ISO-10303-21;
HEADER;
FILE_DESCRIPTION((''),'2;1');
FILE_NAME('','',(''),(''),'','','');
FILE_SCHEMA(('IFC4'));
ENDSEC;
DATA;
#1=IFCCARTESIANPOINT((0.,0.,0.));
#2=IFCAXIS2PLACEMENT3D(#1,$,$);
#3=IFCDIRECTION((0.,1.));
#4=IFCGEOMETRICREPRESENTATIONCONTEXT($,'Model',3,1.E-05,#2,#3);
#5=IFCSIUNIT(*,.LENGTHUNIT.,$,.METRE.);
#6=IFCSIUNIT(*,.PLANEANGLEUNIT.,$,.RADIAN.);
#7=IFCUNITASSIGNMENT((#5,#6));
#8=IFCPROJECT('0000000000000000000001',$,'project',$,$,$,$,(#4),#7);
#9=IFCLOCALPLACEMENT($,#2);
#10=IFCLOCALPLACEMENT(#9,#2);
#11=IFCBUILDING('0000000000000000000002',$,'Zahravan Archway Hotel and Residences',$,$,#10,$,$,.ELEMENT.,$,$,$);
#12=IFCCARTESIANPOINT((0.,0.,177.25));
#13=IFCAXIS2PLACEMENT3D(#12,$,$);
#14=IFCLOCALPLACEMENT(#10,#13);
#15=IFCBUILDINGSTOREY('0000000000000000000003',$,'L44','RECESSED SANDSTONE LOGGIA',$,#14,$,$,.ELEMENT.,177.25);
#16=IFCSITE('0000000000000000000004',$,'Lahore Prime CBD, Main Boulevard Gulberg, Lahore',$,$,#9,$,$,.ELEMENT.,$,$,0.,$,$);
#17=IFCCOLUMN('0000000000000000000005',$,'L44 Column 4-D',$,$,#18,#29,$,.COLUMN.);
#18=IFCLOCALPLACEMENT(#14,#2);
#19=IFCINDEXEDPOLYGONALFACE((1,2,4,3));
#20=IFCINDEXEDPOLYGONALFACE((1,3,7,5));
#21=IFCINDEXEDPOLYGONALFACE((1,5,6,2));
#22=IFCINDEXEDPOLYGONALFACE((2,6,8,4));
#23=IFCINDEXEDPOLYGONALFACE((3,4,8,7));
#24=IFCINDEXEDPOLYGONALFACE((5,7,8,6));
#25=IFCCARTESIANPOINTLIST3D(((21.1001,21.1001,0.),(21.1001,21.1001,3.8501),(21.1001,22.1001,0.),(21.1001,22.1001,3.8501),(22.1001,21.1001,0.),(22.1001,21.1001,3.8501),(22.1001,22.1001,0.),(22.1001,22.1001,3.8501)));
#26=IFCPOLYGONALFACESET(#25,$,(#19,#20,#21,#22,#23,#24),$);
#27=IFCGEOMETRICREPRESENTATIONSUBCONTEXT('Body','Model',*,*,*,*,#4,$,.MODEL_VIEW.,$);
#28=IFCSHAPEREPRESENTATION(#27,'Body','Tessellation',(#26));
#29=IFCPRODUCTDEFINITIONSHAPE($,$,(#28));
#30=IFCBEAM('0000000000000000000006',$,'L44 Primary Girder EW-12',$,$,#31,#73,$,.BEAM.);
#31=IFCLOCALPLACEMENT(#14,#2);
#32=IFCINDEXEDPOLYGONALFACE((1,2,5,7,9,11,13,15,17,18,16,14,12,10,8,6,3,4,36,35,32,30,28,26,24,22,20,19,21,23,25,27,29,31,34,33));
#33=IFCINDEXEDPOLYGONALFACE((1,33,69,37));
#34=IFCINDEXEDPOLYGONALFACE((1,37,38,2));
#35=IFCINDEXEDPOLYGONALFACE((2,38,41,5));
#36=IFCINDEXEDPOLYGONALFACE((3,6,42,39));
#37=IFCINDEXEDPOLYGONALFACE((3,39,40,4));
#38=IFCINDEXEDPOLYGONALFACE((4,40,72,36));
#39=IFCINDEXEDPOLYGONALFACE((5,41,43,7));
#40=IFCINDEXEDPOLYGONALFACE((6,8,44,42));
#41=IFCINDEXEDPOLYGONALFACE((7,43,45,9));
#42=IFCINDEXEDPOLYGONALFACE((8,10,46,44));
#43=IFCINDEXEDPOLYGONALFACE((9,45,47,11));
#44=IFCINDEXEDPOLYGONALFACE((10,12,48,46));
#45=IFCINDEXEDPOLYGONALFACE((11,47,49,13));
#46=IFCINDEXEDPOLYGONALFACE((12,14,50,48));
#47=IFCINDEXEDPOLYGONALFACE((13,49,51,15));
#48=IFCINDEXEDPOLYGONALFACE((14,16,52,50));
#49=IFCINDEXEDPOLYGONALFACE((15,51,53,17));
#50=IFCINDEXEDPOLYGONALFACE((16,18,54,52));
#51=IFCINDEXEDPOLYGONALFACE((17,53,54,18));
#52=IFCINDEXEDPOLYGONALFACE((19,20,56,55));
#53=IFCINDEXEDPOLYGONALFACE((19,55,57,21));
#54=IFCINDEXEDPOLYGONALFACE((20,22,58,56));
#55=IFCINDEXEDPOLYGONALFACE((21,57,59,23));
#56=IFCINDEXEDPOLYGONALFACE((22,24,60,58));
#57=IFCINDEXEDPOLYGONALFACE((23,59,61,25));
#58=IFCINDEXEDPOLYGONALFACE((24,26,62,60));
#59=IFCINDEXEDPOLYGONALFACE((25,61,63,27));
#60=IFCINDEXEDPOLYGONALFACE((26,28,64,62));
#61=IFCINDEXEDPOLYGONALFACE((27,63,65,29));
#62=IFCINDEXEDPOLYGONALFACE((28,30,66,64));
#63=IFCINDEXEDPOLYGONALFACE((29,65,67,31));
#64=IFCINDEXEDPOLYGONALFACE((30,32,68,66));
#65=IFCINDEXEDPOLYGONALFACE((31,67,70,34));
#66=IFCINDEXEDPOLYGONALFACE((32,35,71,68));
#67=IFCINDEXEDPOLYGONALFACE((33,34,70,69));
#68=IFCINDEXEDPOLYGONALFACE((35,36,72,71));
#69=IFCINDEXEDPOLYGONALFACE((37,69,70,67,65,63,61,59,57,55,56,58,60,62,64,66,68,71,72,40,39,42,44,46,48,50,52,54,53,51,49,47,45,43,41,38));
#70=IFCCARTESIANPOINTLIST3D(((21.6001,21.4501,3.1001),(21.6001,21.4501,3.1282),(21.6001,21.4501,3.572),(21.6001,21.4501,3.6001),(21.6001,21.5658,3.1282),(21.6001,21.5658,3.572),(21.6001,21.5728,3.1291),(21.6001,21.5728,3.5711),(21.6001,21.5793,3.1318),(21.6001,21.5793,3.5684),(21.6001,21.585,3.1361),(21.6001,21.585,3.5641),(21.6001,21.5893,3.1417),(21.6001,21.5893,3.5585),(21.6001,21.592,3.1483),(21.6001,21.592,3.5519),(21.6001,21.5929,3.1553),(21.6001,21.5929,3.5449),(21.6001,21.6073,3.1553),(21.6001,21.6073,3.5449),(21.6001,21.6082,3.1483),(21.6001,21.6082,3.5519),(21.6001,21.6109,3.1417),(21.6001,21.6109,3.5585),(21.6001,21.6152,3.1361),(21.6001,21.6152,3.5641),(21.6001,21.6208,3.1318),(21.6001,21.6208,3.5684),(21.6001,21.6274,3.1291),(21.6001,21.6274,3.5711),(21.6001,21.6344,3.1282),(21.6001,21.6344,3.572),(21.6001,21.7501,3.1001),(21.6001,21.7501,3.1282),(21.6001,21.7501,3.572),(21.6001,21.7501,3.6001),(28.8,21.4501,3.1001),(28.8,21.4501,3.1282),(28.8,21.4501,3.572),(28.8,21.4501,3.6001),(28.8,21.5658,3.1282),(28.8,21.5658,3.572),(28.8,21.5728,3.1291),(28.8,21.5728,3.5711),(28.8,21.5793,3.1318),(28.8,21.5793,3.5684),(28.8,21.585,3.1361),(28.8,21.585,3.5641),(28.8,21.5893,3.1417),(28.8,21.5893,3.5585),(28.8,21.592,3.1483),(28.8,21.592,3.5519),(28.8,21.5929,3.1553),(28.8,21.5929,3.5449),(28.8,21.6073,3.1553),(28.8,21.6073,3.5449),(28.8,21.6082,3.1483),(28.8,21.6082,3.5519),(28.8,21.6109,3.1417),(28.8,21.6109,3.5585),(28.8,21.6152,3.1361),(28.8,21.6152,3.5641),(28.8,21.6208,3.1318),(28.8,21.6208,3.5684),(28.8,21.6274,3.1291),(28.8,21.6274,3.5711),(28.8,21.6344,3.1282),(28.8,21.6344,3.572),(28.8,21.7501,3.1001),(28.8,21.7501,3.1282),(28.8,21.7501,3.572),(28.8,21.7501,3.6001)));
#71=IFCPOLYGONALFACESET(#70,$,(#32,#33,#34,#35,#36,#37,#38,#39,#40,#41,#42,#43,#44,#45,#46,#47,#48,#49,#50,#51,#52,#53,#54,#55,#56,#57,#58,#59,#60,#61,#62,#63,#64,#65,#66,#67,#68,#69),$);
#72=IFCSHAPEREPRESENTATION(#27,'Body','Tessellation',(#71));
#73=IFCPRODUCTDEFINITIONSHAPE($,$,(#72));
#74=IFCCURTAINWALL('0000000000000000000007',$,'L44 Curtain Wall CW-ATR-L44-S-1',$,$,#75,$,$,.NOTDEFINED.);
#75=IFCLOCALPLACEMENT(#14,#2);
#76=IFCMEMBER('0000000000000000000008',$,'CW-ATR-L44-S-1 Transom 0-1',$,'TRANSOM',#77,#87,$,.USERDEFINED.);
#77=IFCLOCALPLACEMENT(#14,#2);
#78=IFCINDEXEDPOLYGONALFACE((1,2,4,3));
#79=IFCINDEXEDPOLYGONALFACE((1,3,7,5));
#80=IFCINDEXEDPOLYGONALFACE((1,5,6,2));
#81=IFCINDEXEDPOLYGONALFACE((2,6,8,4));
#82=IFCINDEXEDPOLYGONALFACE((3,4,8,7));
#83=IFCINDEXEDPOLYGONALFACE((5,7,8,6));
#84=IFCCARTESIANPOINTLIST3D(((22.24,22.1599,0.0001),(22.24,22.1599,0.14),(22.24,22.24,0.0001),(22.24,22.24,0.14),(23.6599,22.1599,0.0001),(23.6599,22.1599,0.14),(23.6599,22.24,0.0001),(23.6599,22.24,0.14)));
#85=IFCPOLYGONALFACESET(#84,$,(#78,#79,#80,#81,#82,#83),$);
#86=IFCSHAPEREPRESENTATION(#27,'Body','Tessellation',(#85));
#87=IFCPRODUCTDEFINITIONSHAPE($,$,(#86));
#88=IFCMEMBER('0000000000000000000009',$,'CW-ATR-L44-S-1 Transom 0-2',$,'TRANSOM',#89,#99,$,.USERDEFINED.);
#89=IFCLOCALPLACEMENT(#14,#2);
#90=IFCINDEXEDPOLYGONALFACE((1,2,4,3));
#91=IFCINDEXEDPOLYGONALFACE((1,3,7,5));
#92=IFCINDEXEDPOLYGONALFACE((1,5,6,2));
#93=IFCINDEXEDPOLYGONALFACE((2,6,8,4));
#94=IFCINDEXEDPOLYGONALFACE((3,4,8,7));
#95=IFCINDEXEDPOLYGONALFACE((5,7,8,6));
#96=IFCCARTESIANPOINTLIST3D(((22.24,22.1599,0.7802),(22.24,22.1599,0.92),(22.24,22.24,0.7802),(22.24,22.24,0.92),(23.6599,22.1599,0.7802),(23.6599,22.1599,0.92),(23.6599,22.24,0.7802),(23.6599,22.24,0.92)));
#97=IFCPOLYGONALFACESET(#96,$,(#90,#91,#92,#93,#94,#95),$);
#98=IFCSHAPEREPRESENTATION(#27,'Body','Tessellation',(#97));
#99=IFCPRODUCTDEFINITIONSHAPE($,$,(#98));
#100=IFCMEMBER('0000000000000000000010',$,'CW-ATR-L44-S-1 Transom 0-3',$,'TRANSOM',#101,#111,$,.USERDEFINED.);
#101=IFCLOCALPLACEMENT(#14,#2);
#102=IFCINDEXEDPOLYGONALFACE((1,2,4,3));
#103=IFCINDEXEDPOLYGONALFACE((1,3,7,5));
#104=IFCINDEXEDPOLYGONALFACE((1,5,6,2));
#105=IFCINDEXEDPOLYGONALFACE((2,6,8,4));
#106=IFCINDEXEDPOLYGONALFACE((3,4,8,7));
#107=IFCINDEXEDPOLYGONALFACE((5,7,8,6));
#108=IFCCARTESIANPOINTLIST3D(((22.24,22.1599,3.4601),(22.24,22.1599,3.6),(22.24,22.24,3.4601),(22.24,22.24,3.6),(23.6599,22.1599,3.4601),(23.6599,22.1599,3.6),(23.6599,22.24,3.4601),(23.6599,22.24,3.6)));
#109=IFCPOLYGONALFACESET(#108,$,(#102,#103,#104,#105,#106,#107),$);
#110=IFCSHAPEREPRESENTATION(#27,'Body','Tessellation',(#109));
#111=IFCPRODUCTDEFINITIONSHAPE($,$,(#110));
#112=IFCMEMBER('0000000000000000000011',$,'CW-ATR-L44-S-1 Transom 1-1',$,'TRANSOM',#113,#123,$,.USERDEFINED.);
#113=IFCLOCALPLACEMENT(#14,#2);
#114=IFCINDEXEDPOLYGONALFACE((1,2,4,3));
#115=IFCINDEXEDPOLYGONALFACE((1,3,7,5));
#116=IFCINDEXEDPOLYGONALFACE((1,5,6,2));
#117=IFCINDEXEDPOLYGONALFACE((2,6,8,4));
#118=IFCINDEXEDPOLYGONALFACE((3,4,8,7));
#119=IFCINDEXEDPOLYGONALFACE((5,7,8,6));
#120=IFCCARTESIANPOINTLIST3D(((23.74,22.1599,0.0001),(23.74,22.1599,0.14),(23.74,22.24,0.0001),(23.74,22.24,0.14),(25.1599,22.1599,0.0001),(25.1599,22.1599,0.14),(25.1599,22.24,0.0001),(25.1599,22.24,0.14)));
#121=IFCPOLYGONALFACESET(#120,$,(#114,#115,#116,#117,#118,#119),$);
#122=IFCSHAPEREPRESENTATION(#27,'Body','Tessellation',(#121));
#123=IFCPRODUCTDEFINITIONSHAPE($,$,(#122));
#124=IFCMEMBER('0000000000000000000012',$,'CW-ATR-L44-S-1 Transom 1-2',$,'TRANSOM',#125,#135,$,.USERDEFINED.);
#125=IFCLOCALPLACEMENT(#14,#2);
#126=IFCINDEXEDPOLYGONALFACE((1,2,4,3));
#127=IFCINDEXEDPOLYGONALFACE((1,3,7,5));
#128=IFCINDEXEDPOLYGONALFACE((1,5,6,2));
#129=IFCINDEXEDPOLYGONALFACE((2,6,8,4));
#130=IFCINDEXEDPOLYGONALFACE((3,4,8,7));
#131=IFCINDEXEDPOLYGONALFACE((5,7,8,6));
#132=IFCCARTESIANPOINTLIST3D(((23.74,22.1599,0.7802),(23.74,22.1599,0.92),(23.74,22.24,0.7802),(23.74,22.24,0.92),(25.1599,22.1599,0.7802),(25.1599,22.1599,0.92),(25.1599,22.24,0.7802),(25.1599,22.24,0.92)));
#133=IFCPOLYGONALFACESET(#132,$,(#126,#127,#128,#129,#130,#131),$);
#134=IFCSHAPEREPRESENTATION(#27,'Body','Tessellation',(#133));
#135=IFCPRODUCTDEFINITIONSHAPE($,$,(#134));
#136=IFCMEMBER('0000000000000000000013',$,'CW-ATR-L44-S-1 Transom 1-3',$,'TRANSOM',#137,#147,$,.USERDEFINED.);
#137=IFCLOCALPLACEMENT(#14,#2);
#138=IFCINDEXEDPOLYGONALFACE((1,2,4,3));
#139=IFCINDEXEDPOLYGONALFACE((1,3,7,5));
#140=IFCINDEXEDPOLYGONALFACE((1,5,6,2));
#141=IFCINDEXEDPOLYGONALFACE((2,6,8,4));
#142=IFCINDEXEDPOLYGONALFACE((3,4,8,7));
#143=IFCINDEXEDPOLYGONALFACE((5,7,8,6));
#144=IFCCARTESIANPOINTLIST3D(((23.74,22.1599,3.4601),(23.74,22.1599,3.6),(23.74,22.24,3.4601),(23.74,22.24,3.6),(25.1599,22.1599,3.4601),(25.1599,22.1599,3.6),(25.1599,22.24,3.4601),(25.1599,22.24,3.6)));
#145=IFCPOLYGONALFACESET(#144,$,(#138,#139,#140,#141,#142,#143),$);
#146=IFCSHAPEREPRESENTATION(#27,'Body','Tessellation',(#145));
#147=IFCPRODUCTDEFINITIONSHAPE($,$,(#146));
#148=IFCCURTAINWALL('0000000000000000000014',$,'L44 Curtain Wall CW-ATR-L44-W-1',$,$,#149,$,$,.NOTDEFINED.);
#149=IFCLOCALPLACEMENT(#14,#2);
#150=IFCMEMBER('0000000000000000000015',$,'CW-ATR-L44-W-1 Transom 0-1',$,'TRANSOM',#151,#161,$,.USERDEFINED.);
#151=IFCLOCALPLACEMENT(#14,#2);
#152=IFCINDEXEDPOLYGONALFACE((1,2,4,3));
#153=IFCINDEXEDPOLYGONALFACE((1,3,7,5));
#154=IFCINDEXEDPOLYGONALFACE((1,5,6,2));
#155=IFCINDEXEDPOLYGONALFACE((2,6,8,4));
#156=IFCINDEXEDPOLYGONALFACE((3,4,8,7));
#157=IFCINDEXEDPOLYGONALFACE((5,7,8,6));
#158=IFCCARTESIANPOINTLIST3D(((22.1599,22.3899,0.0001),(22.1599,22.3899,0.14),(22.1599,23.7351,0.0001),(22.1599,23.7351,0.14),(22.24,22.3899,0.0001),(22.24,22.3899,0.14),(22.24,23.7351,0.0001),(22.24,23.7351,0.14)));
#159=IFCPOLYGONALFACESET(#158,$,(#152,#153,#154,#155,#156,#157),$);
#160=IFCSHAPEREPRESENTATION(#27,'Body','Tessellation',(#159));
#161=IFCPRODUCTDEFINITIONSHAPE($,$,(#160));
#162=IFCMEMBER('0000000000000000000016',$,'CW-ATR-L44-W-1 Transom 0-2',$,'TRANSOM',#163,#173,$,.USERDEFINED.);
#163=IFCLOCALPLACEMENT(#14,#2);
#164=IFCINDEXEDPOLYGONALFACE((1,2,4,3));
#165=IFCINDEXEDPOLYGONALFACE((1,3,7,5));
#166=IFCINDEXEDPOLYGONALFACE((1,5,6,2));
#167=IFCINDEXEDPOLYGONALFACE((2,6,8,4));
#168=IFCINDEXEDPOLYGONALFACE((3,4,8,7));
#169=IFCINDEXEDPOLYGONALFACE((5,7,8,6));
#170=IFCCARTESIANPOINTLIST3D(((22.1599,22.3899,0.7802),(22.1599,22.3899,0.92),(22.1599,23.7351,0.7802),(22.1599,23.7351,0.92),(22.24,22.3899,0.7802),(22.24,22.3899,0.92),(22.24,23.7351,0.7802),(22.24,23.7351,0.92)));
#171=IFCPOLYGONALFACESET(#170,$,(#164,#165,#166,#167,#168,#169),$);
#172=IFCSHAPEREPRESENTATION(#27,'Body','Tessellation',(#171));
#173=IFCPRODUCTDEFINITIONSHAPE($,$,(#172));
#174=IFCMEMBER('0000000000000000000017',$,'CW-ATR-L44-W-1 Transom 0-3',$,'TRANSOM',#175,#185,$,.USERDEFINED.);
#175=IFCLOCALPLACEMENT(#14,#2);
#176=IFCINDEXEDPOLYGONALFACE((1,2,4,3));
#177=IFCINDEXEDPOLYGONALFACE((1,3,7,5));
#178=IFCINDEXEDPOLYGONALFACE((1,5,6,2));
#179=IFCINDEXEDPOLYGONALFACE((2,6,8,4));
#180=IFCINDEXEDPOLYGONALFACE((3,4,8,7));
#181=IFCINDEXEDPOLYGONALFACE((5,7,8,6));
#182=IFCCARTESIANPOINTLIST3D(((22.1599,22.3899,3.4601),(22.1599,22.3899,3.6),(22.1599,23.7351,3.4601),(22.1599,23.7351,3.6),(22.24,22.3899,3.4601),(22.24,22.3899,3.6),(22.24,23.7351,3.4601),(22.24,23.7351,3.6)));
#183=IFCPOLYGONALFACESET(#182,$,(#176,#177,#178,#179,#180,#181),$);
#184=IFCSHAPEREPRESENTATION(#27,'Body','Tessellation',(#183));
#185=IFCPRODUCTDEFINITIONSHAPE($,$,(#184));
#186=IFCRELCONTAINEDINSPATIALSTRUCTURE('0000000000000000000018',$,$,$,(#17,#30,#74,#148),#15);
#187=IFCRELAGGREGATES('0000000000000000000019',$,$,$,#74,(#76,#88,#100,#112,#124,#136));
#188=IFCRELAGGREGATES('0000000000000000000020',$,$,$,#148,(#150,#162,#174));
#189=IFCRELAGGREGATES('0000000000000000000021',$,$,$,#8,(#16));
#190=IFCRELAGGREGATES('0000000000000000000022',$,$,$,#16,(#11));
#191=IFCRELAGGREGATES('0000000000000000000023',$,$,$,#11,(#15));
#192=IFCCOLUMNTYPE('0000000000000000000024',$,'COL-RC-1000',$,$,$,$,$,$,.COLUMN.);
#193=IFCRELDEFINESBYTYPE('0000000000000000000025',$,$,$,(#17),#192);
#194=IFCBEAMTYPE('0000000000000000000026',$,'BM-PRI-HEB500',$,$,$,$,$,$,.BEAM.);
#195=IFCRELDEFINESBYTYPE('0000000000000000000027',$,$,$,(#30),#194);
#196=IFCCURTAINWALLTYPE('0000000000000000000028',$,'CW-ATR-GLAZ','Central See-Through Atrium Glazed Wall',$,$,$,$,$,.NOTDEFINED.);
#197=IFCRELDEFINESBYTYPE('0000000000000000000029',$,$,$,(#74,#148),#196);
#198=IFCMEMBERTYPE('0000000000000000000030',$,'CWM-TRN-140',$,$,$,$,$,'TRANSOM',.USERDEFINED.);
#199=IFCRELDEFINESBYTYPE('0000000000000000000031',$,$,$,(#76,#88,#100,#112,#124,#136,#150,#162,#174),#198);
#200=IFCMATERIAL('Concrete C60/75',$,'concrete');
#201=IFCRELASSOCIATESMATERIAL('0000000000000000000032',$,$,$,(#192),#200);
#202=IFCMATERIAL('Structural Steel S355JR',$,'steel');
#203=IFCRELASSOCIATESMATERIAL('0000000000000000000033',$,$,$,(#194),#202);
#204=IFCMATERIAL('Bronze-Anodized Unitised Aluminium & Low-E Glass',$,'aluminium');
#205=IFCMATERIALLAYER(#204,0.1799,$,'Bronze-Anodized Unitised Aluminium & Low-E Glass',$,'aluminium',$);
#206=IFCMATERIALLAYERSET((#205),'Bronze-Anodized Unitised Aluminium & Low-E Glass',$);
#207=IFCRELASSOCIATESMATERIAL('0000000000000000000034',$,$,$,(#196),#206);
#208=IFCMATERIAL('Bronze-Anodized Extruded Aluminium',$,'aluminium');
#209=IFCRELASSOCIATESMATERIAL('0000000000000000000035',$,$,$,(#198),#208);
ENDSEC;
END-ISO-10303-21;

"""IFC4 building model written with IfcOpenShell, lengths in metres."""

from ifc_helpers import new_model, si_unit, direction, frame, origin, origin_2d, place, context, subcontext, project, spatial, rectangle, i_section, extrude, source, transform, mapped, material, layer, layer_set, material_profile, profile_set, type_object, element, aggregate, save


model = new_model("IFC4")

# Units and contexts
model_context = context("Model", 3, precision=1e-05, world=origin(), true_north=direction((0.0, 1.0)))
body_context = subcontext(model_context, "Body", "Model", "MODEL_VIEW")
ifc_project = project(units=[si_unit("LENGTHUNIT", "METRE"), si_unit("PLANEANGLEUNIT", "RADIAN")], contexts=[model_context])

# Site, building, storey
site_placement = place(None, origin())
site = spatial("IfcSite", under=ifc_project, at=site_placement, Name="Lahore Prime CBD, Main Boulevard Gulberg, Lahore", CompositionType="ELEMENT", RefElevation=0.0)
building_placement = place(site_placement, origin())
building = spatial("IfcBuilding", under=site, at=building_placement, Name="Zahravan Archway Hotel and Residences", CompositionType="ELEMENT")
storey_placement = place(building_placement, frame((0.0, 0.0, 177.25)))
storey = spatial("IfcBuildingStorey", under=building, at=storey_placement, Name="L44", Description="RECESSED SANDSTONE LOGGIA", CompositionType="ELEMENT", Elevation=177.25)

# Column
ifc_material_1 = material(Name="Concrete C60/75", Category="concrete")
ifc_material_profile_1 = material_profile(ifc_material_1, rectangle(XDim=1.0, YDim=1.0, at=origin_2d()), Name="RC-COL-1000x1000", Category="concrete")
ifc_profile_set_1 = profile_set([ifc_material_profile_1], Name="Concrete C60/75")
column_type = type_object("IfcColumnType", Name="COL-RC-1000", PredefinedType="COLUMN", material=ifc_profile_set_1)
shared_shape_1 = source(origin(), body_context, "Body", "SweptSolid", [
    extrude(rectangle(XDim=1.0, YDim=1.0, at=origin_2d()), origin(), (0.0, 0.0, 1.0), 3.8501),
])
column_placement = place(storey_placement, frame((21.6001, 21.6001, 0.0), z_axis=(0.0, 0.0, 1.0), x_axis=(1.0, 0.0, 0.0)))
element("IfcColumn", 1, at=column_placement, inside=storey, type_object=column_type, Name="L44 Column 4-D", PredefinedType="COLUMN", context=body_context, shape_type="MappedRepresentation", body=[
    mapped(shared_shape_1, transform((0.0, 0.0, 0.0), scale=1.0)),
])

# Beam
ifc_material_2 = material(Name="Structural Steel S355JR", Category="steel")
ifc_material_profile_2 = material_profile(ifc_material_2, i_section(OverallWidth=0.3, OverallDepth=0.5, WebThickness=0.0144, FlangeThickness=0.0281, FilletRadius=0.0271, at=origin_2d()), Name="HEB 500", Category="steel")
ifc_profile_set_2 = profile_set([ifc_material_profile_2], Name="Structural Steel S355JR")
beam_type = type_object("IfcBeamType", Name="BM-PRI-HEB500", PredefinedType="BEAM", material=ifc_profile_set_2)
shared_shape_2 = source(origin(), body_context, "Body", "SweptSolid", [
    extrude(i_section(OverallWidth=0.3, OverallDepth=0.5, WebThickness=0.0144, FlangeThickness=0.0281, FilletRadius=0.0271, at=origin_2d()), origin(), (0.0, 0.0, 1.0), 7.2),
])
beam_placement = place(storey_placement, frame((21.6001, 21.6001, 3.3501), z_axis=(1.0, 0.0, 0.0), x_axis=(0.0, 1.0, 0.0)))
element("IfcBeam", 2, at=beam_placement, inside=storey, type_object=beam_type, Name="L44 Primary Girder EW-12", PredefinedType="BEAM", context=body_context, shape_type="MappedRepresentation", body=[
    mapped(shared_shape_2, transform((0.0, 0.0, 0.0), scale=1.0)),
])

# Curtain walls, members
ifc_material_3 = material(Name="Bronze-Anodized Unitised Aluminium & Low-E Glass", Category="aluminium")
ifc_layer_1 = layer(ifc_material_3, 0.1799, Name="Bronze-Anodized Unitised Aluminium & Low-E Glass", Category="aluminium")
ifc_layer_set_1 = layer_set([ifc_layer_1], Name="Bronze-Anodized Unitised Aluminium & Low-E Glass")
curtain_wall_type = type_object("IfcCurtainWallType", Name="CW-ATR-GLAZ", Description="Central See-Through Atrium Glazed Wall", PredefinedType="NOTDEFINED", material=ifc_layer_set_1)
curtain_wall_1_placement = place(storey_placement, origin())
curtain_wall_1 = element("IfcCurtainWall", 3, at=curtain_wall_1_placement, inside=storey, type_object=curtain_wall_type, Name="L44 Curtain Wall CW-ATR-L44-S-1", PredefinedType="NOTDEFINED")
ifc_material_4 = material(Name="Bronze-Anodized Extruded Aluminium", Category="aluminium")
ifc_material_profile_3 = material_profile(ifc_material_4, rectangle(XDim=0.0801, YDim=0.1399, at=origin_2d()), Name="TRN 80x140", Category="aluminium")
ifc_profile_set_3 = profile_set([ifc_material_profile_3], Name="Bronze-Anodized Extruded Aluminium")
member_type_1 = type_object("IfcMemberType", Name="CWM-TRN-140", ElementType="TRANSOM", PredefinedType="USERDEFINED", material=ifc_profile_set_3)
shared_shape_3 = source(origin(), body_context, "Body", "SweptSolid", [
    extrude(rectangle(XDim=0.0801, YDim=0.1399, at=origin_2d()), origin(), (0.0, 0.0, 1.0), 1.4199),
])
member_1_placement = place(storey_placement, frame((22.24, 22.2, 0.0701), z_axis=(1.0, 0.0, 0.0), x_axis=(0.0, 1.0, 0.0)))
member_1 = element("IfcMember", 4, at=member_1_placement, type_object=member_type_1, Name="CW-ATR-L44-S-1 Transom 0-1", ObjectType="TRANSOM", PredefinedType="USERDEFINED", context=body_context, shape_type="MappedRepresentation", body=[
    mapped(shared_shape_3, transform((0.0, 0.0, 0.0), scale=1.0)),
])
member_2_placement = place(storey_placement, frame((22.24, 22.2, 0.8501), z_axis=(1.0, 0.0, 0.0), x_axis=(0.0, 1.0, 0.0)))
member_2 = element("IfcMember", 5, at=member_2_placement, type_object=member_type_1, Name="CW-ATR-L44-S-1 Transom 0-2", ObjectType="TRANSOM", PredefinedType="USERDEFINED", context=body_context, shape_type="MappedRepresentation", body=[
    mapped(shared_shape_3, transform((0.0, 0.0, 0.0), scale=1.0)),
])
member_3_placement = place(storey_placement, frame((22.24, 22.2, 3.53), z_axis=(1.0, 0.0, 0.0), x_axis=(0.0, 1.0, 0.0)))
member_3 = element("IfcMember", 6, at=member_3_placement, type_object=member_type_1, Name="CW-ATR-L44-S-1 Transom 0-3", ObjectType="TRANSOM", PredefinedType="USERDEFINED", context=body_context, shape_type="MappedRepresentation", body=[
    mapped(shared_shape_3, transform((0.0, 0.0, 0.0), scale=1.0)),
])
member_4_placement = place(storey_placement, frame((23.74, 22.2, 0.0701), z_axis=(1.0, 0.0, 0.0), x_axis=(0.0, 1.0, 0.0)))
member_4 = element("IfcMember", 7, at=member_4_placement, type_object=member_type_1, Name="CW-ATR-L44-S-1 Transom 1-1", ObjectType="TRANSOM", PredefinedType="USERDEFINED", context=body_context, shape_type="MappedRepresentation", body=[
    mapped(shared_shape_3, transform((0.0, 0.0, 0.0), scale=1.0)),
])
member_5_placement = place(storey_placement, frame((23.74, 22.2, 0.8501), z_axis=(1.0, 0.0, 0.0), x_axis=(0.0, 1.0, 0.0)))
member_5 = element("IfcMember", 8, at=member_5_placement, type_object=member_type_1, Name="CW-ATR-L44-S-1 Transom 1-2", ObjectType="TRANSOM", PredefinedType="USERDEFINED", context=body_context, shape_type="MappedRepresentation", body=[
    mapped(shared_shape_3, transform((0.0, 0.0, 0.0), scale=1.0)),
])
member_6_placement = place(storey_placement, frame((23.74, 22.2, 3.53), z_axis=(1.0, 0.0, 0.0), x_axis=(0.0, 1.0, 0.0)))
member_6 = element("IfcMember", 9, at=member_6_placement, type_object=member_type_1, Name="CW-ATR-L44-S-1 Transom 1-3", ObjectType="TRANSOM", PredefinedType="USERDEFINED", context=body_context, shape_type="MappedRepresentation", body=[
    mapped(shared_shape_3, transform((0.0, 0.0, 0.0), scale=1.0)),
])
curtain_wall_2_placement = place(storey_placement, origin())
curtain_wall_2 = element("IfcCurtainWall", 10, at=curtain_wall_2_placement, inside=storey, type_object=curtain_wall_type, Name="L44 Curtain Wall CW-ATR-L44-W-1", PredefinedType="NOTDEFINED")
shared_shape_4 = source(origin(), body_context, "Body", "SweptSolid", [
    extrude(rectangle(XDim=0.0801, YDim=0.1399, at=origin_2d()), origin(), (0.0, 0.0, 1.0), 1.3452),
])
member_7_placement = place(storey_placement, frame((22.2, 22.3899, 0.0701), z_axis=(0.0, 1.0, 0.0), x_axis=(-1.0, 0.0, 0.0)))
member_7 = element("IfcMember", 11, at=member_7_placement, type_object=member_type_1, Name="CW-ATR-L44-W-1 Transom 0-1", ObjectType="TRANSOM", PredefinedType="USERDEFINED", context=body_context, shape_type="MappedRepresentation", body=[
    mapped(shared_shape_4, transform((0.0, 0.0, 0.0), scale=1.0)),
])
member_8_placement = place(storey_placement, frame((22.2, 22.3899, 0.8501), z_axis=(0.0, 1.0, 0.0), x_axis=(-1.0, 0.0, 0.0)))
member_8 = element("IfcMember", 12, at=member_8_placement, type_object=member_type_1, Name="CW-ATR-L44-W-1 Transom 0-2", ObjectType="TRANSOM", PredefinedType="USERDEFINED", context=body_context, shape_type="MappedRepresentation", body=[
    mapped(shared_shape_4, transform((0.0, 0.0, 0.0), scale=1.0)),
])
member_9_placement = place(storey_placement, frame((22.2, 22.3899, 3.53), z_axis=(0.0, 1.0, 0.0), x_axis=(-1.0, 0.0, 0.0)))
member_9 = element("IfcMember", 13, at=member_9_placement, type_object=member_type_1, Name="CW-ATR-L44-W-1 Transom 0-3", ObjectType="TRANSOM", PredefinedType="USERDEFINED", context=body_context, shape_type="MappedRepresentation", body=[
    mapped(shared_shape_4, transform((0.0, 0.0, 0.0), scale=1.0)),
])

aggregate(curtain_wall_1, [member_1, member_2, member_3, member_4, member_5, member_6])
aggregate(curtain_wall_2, [member_7, member_8, member_9])

save(model, "model.ifc")
